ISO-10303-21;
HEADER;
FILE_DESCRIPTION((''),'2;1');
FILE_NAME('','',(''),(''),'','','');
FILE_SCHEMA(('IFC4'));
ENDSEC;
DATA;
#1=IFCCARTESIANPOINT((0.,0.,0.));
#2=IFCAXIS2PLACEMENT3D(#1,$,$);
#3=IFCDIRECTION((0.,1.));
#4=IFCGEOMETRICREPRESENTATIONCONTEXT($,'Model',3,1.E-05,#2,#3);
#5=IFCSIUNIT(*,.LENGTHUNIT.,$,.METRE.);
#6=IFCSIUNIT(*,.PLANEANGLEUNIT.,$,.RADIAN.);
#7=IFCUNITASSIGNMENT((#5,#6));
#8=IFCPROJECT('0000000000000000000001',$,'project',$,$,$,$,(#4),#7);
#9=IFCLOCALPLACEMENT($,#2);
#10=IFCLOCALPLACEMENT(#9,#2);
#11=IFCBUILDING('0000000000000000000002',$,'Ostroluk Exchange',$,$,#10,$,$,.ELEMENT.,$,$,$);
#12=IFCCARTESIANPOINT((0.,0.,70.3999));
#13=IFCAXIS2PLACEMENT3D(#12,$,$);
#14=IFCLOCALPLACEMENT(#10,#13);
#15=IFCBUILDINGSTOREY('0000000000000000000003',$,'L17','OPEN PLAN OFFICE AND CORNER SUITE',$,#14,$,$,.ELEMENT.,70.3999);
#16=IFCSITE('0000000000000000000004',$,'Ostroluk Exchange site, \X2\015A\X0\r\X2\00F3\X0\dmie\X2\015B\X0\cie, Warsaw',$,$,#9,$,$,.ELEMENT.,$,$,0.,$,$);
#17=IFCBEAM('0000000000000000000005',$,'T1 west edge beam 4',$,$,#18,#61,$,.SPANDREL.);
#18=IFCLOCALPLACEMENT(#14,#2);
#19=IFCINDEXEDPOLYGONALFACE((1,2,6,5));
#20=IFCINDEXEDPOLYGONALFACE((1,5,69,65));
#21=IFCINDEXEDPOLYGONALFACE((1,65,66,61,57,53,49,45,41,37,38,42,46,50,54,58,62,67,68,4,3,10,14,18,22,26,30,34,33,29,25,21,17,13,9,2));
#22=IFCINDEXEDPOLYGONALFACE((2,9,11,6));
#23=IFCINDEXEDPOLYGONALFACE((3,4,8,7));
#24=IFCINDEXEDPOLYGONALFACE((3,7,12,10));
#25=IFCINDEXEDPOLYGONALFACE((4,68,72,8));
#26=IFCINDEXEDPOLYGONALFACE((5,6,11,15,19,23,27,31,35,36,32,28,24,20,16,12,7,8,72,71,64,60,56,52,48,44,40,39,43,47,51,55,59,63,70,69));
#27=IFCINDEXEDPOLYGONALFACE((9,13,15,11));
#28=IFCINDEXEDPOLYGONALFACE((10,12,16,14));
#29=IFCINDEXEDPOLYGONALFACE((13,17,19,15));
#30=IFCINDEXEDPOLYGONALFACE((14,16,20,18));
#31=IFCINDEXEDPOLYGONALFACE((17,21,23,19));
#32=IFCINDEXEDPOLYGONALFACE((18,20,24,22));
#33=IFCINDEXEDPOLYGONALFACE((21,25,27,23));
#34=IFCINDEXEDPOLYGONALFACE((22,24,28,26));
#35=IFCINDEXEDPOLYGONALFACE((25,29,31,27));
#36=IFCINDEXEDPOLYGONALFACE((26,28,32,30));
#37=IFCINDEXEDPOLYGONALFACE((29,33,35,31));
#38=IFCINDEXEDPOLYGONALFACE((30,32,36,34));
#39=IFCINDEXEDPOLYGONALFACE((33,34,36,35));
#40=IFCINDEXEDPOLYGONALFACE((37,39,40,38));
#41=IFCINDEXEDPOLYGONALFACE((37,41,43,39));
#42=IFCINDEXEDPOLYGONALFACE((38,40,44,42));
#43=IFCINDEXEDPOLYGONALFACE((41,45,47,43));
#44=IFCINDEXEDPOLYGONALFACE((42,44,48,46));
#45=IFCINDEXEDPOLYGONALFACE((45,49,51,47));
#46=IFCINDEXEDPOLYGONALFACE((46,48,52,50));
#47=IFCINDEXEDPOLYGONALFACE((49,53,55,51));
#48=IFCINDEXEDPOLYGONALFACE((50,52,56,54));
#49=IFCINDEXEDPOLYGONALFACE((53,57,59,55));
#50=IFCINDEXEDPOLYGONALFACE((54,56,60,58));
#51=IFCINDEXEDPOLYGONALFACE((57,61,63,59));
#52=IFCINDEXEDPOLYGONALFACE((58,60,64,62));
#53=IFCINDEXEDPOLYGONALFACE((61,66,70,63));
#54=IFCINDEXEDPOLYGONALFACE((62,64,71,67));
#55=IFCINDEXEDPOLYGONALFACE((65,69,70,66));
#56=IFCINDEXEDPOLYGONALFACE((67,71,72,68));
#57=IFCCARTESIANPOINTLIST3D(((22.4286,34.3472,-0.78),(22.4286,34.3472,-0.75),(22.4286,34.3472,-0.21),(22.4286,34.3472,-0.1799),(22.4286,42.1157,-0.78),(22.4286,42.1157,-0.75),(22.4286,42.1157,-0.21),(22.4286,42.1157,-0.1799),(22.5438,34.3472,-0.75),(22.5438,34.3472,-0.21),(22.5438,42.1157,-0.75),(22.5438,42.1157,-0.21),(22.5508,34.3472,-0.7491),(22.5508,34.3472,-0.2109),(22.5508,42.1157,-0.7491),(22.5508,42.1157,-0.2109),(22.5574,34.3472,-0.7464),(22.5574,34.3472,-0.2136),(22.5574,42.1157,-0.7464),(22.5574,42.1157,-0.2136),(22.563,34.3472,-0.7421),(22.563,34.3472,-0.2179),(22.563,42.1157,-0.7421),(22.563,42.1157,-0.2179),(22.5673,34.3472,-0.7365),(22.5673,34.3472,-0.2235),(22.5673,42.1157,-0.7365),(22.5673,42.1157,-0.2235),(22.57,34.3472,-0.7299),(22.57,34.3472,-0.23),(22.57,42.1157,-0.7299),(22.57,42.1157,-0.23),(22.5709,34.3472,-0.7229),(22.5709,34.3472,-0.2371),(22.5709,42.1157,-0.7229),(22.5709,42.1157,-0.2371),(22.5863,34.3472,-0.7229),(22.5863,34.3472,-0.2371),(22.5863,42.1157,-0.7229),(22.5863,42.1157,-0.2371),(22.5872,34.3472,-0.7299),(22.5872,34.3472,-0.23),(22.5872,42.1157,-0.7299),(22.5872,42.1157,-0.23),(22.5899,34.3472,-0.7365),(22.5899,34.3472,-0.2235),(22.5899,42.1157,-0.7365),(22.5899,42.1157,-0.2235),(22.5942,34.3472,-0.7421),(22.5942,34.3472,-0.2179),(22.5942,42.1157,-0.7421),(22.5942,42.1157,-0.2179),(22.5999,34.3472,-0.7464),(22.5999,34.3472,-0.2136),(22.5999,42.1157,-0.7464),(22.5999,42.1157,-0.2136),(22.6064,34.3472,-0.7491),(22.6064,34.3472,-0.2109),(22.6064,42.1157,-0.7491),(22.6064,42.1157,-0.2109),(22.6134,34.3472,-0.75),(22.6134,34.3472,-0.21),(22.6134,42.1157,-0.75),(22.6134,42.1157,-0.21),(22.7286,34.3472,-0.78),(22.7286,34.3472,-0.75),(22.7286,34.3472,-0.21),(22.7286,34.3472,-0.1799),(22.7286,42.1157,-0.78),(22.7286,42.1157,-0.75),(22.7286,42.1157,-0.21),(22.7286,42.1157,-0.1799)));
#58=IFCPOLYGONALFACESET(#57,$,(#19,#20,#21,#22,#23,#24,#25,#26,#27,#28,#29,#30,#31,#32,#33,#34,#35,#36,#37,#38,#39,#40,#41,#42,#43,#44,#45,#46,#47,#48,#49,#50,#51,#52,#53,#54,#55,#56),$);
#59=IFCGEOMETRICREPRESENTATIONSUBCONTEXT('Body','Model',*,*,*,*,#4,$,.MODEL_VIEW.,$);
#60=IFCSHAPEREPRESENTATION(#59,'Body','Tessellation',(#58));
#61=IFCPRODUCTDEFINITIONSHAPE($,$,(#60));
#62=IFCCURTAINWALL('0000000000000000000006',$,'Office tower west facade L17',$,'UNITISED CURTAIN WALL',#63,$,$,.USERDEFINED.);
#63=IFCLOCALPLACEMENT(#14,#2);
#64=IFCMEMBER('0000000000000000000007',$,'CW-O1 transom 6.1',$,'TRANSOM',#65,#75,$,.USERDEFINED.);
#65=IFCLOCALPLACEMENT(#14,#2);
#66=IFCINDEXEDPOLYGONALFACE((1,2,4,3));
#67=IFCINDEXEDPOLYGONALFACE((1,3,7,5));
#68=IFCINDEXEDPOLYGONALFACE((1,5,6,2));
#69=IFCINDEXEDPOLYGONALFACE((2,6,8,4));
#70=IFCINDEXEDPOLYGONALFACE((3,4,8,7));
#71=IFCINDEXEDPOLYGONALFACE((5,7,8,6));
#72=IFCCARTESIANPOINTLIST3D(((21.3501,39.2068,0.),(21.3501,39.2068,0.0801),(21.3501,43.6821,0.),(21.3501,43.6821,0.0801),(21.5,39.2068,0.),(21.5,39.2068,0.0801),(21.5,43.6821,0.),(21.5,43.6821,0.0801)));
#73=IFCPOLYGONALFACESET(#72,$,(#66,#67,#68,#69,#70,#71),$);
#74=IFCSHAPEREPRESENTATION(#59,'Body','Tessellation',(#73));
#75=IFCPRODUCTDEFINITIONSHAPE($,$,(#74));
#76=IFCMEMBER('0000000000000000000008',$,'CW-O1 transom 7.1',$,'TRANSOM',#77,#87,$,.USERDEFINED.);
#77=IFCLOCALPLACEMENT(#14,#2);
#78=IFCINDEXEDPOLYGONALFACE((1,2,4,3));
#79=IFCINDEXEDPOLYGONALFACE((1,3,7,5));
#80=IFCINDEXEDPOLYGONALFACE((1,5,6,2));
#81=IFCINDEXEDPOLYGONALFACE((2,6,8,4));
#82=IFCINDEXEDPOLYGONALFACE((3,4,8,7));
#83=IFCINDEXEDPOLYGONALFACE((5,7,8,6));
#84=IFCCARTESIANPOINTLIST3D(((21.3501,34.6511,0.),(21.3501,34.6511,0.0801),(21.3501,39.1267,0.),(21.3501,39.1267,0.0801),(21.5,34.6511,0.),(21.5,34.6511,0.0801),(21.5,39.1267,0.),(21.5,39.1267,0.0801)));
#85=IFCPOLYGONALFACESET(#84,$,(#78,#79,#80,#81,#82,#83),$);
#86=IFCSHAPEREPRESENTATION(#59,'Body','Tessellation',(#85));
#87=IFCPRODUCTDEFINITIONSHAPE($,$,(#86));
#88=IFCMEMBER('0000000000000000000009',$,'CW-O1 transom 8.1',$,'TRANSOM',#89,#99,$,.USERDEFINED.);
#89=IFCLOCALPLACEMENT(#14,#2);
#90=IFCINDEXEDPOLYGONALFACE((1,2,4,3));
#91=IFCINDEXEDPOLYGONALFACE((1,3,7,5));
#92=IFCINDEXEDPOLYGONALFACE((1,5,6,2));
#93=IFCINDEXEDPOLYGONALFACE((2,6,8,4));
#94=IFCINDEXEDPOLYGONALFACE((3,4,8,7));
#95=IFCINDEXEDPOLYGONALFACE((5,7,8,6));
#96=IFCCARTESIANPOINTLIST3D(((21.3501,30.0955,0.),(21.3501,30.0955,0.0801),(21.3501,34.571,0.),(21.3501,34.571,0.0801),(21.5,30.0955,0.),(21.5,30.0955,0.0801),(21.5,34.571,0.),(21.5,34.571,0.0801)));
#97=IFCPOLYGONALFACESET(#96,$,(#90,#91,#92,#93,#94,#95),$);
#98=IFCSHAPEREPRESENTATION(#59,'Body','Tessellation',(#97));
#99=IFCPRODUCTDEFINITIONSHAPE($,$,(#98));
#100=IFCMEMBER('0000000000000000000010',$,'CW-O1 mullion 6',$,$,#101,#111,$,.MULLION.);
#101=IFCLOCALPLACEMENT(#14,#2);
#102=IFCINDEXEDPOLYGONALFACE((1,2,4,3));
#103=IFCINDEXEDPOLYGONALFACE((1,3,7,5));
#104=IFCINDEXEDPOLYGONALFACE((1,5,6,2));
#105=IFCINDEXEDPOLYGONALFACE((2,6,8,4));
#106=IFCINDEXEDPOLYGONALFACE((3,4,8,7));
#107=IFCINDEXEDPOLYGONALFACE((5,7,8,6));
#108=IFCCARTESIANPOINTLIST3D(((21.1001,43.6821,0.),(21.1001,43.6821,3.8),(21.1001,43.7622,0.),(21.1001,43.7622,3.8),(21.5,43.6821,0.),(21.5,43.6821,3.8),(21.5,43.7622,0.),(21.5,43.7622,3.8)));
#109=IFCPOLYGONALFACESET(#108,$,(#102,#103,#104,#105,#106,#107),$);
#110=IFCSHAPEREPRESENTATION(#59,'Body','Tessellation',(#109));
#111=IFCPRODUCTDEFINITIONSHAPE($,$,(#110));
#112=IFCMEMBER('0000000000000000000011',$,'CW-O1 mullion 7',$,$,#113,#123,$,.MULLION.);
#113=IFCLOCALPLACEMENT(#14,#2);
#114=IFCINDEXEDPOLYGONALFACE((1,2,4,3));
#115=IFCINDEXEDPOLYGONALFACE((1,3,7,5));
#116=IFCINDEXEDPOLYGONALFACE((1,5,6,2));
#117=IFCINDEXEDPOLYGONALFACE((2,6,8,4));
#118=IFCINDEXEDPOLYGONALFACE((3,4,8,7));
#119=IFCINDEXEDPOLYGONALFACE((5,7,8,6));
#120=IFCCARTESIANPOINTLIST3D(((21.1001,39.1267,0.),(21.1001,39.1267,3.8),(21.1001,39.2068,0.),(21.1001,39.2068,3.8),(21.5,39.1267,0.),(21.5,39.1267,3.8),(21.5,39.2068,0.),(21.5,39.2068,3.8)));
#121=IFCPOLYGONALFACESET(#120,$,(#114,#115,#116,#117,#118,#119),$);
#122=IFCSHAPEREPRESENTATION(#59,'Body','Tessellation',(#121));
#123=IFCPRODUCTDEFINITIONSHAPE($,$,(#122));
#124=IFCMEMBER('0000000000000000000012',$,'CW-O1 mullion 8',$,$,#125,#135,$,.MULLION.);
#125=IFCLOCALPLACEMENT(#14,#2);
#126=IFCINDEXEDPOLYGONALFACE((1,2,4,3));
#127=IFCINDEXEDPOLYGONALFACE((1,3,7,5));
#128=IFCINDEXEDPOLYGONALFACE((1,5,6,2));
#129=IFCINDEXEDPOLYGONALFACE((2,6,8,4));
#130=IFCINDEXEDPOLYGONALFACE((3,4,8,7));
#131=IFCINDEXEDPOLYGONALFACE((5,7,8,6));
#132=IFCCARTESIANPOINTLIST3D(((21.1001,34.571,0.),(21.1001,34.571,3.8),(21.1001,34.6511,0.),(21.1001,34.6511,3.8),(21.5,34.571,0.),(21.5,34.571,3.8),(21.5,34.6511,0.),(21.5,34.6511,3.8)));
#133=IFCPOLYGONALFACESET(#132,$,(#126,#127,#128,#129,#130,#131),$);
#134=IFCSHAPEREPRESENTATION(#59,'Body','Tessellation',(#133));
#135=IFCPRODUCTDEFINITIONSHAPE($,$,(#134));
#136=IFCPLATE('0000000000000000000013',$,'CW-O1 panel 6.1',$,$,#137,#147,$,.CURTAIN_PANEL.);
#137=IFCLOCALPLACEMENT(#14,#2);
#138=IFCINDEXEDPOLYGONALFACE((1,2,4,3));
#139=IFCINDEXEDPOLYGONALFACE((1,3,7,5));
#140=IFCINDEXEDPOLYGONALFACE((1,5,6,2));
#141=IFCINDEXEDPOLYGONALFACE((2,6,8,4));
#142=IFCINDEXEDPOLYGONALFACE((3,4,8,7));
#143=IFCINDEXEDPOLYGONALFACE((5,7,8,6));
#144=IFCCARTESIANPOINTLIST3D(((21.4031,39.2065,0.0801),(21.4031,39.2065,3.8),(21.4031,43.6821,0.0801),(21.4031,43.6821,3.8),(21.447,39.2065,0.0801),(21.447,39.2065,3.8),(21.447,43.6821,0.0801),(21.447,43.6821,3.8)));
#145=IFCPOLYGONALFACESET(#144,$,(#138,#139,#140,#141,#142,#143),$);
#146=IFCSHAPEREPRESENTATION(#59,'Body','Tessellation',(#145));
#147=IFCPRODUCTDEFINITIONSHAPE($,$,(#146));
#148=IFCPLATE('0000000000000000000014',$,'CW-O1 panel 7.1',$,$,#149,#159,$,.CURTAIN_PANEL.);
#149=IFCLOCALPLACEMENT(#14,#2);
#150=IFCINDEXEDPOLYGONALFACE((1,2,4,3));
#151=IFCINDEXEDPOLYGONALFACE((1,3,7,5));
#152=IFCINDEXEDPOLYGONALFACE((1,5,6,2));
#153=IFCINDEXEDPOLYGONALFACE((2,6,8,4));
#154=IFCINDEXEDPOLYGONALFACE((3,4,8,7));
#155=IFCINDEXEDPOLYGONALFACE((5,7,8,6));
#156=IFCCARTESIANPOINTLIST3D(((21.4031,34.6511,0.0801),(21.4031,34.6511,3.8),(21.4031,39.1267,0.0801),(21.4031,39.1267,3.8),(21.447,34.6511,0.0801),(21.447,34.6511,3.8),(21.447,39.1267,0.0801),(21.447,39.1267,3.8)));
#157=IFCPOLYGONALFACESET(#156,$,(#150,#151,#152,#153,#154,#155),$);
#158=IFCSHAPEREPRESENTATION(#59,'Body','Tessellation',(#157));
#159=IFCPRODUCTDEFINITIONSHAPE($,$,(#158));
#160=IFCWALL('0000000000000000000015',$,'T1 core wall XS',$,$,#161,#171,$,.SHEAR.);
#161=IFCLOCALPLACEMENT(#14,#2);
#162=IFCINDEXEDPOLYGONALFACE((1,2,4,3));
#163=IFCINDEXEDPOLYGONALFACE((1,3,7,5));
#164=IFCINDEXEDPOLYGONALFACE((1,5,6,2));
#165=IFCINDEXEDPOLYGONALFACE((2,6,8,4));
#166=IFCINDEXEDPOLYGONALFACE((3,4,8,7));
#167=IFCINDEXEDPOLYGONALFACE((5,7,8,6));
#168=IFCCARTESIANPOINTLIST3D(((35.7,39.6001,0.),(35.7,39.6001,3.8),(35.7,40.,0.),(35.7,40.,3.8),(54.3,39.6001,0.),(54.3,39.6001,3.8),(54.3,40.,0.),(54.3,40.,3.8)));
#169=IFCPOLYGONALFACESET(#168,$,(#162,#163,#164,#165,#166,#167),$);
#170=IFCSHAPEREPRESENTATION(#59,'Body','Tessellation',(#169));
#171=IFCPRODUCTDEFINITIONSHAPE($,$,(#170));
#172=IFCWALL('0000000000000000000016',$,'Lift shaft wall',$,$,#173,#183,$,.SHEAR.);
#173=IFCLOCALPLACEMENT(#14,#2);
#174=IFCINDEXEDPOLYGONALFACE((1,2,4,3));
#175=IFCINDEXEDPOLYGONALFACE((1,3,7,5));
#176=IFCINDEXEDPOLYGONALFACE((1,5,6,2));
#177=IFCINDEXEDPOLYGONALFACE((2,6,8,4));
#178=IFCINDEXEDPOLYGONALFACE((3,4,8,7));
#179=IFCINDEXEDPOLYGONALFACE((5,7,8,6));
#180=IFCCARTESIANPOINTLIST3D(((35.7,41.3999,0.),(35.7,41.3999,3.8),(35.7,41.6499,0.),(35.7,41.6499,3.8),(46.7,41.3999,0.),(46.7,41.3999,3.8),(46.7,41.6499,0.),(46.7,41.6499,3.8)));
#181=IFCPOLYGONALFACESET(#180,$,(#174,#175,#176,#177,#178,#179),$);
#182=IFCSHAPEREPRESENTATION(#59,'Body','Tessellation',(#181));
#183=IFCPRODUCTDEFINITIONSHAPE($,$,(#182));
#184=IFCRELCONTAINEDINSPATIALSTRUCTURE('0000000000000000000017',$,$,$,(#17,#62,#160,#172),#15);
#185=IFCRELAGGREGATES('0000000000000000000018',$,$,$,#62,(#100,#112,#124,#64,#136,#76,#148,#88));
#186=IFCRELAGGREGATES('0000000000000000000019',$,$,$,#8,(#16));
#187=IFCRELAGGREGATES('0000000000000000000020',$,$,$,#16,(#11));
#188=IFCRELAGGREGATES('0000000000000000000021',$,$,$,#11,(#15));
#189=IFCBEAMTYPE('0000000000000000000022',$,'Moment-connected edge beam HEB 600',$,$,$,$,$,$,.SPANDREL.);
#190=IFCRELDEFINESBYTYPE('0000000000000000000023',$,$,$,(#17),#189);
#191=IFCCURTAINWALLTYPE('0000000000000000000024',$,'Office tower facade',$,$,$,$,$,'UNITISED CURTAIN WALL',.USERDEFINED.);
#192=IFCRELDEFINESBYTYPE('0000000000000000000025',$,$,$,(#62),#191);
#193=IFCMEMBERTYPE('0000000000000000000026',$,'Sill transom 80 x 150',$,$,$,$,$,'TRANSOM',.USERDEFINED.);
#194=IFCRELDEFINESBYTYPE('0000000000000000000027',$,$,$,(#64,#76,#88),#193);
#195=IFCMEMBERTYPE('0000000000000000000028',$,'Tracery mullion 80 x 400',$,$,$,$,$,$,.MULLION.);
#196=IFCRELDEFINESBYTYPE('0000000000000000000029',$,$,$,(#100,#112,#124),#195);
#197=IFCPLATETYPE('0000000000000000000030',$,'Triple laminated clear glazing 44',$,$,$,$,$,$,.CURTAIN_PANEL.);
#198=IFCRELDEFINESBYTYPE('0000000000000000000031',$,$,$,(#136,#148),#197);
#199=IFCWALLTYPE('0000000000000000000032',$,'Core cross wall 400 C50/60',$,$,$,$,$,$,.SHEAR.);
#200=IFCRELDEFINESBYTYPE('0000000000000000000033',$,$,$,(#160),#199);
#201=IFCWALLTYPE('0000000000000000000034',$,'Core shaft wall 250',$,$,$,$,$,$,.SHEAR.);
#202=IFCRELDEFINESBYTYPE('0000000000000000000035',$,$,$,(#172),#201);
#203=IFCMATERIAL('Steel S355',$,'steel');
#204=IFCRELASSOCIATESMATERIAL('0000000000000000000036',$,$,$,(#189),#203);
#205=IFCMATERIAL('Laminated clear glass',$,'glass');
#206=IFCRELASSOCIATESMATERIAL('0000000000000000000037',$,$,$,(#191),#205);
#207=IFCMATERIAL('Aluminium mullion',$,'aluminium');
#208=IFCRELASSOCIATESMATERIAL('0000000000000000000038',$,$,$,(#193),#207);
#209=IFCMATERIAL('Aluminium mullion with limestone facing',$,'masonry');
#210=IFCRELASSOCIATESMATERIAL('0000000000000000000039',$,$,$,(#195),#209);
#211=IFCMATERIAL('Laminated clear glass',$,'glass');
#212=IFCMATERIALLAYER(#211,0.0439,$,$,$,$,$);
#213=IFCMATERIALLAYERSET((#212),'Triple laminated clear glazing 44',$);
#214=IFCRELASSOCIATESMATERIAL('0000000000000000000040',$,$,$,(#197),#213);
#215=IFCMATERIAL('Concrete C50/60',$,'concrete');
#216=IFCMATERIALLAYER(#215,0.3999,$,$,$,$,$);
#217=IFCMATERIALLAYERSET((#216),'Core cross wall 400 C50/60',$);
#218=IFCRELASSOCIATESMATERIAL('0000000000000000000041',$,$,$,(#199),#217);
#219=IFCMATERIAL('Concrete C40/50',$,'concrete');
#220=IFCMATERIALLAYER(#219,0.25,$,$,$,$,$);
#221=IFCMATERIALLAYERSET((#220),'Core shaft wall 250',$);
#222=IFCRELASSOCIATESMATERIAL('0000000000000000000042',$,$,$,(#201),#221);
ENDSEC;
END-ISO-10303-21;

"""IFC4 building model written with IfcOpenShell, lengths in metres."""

from ifc_helpers import new_model, si_unit, direction, frame, frame_2d, origin, origin_2d, place, context, subcontext, project, spatial, rectangle, i_section, extrude, material, layer, layer_set, material_profile, profile_set, type_object, element, aggregate, save


model = new_model("IFC4")

# Units and contexts
model_context = context("Model", 3, precision=1e-05, world=origin(), true_north=direction((0.0, 1.0)))
body_context = subcontext(model_context, "Body", "Model", "MODEL_VIEW")
ifc_project = project(units=[si_unit("LENGTHUNIT", "METRE"), si_unit("PLANEANGLEUNIT", "RADIAN")], contexts=[model_context])

# Site, building, storey
site_placement = place(None, origin())
site = spatial("IfcSite", under=ifc_project, at=site_placement, Name="Ostroluk Exchange site, Śródmieście, Warsaw", CompositionType="ELEMENT", RefElevation=0.0)
building_placement = place(site_placement, origin())
building = spatial("IfcBuilding", under=site, at=building_placement, Name="Ostroluk Exchange", CompositionType="ELEMENT")
storey_placement = place(building_placement, frame((0.0, 0.0, 70.3999)))
storey = spatial("IfcBuildingStorey", under=building, at=storey_placement, Name="L17", Description="OPEN PLAN OFFICE AND CORNER SUITE", CompositionType="ELEMENT", Elevation=70.3999)

# Beam
ifc_material_1 = material(Name="Steel S355", Category="steel")
ifc_material_profile_1 = material_profile(ifc_material_1, i_section(OverallWidth=0.3, OverallDepth=0.6001, WebThickness=0.0154, FlangeThickness=0.03, FilletRadius=0.0271, at=origin_2d()), Name="HEB 600")
ifc_profile_set_1 = profile_set([ifc_material_profile_1], Name="Steel S355")
beam_type_1 = type_object("IfcBeamType", Name="Moment-connected edge beam HEB 600", PredefinedType="SPANDREL", material=ifc_profile_set_1)
beam_1_placement = place(storey_placement, frame((22.5786, 42.1157, -0.48), z_axis=(0.0, -1.0, 0.0), x_axis=(1.0, 0.0, 0.0)))
element("IfcBeam", 1, at=beam_1_placement, inside=storey, type_object=beam_type_1, Name="T1 west edge beam 4", PredefinedType="SPANDREL", context=body_context, shape_type="SweptSolid", body=[
    extrude(i_section(OverallWidth=0.3, OverallDepth=0.6001, WebThickness=0.0154, FlangeThickness=0.03, FilletRadius=0.0271, at=origin_2d()), origin(), (0.0, 0.0, 1.0), 7.7686),
])

# Curtain wall, members, plates
ifc_material_2 = material(Name="Laminated clear glass", Category="glass")
curtain_wall_type = type_object("IfcCurtainWallType", Name="Office tower facade", ElementType="UNITISED CURTAIN WALL", PredefinedType="USERDEFINED", material=ifc_material_2)
curtain_wall_placement = place(storey_placement, origin())
curtain_wall = element("IfcCurtainWall", 2, at=curtain_wall_placement, inside=storey, type_object=curtain_wall_type, Name="Office tower west facade L17", ObjectType="UNITISED CURTAIN WALL", PredefinedType="USERDEFINED")
ifc_material_3 = material(Name="Aluminium mullion", Category="aluminium")
ifc_material_profile_2 = material_profile(ifc_material_3, rectangle(XDim=0.1499, YDim=0.0801, at=origin_2d()), Name="Sill transom 80 x 150")
ifc_profile_set_2 = profile_set([ifc_material_profile_2], Name="Aluminium mullion")
member_type_1 = type_object("IfcMemberType", Name="Sill transom 80 x 150", ElementType="TRANSOM", PredefinedType="USERDEFINED", material=ifc_profile_set_2)
member_1_placement = place(storey_placement, frame((21.425, 43.6821, 0.04), z_axis=(0.0, -1.0, 0.0), x_axis=(1.0, 0.0, 0.0)))
member_1 = element("IfcMember", 3, at=member_1_placement, type_object=member_type_1, Name="CW-O1 transom 6.1", ObjectType="TRANSOM", PredefinedType="USERDEFINED", context=body_context, shape_type="SweptSolid", body=[
    extrude(rectangle(XDim=0.1499, YDim=0.0801, at=origin_2d()), origin(), (0.0, 0.0, 1.0), 4.4753),
])
member_2_placement = place(storey_placement, frame((21.425, 39.1267, 0.04), z_axis=(0.0, -1.0, 0.0), x_axis=(1.0, 0.0, 0.0)))
member_2 = element("IfcMember", 4, at=member_2_placement, type_object=member_type_1, Name="CW-O1 transom 7.1", ObjectType="TRANSOM", PredefinedType="USERDEFINED", context=body_context, shape_type="SweptSolid", body=[
    extrude(rectangle(XDim=0.1499, YDim=0.0801, at=origin_2d()), origin(), (0.0, 0.0, 1.0), 4.4756),
])
member_3_placement = place(storey_placement, frame((21.425, 34.571, 0.04), z_axis=(0.0, -1.0, 0.0), x_axis=(1.0, 0.0, 0.0)))
member_3 = element("IfcMember", 5, at=member_3_placement, type_object=member_type_1, Name="CW-O1 transom 8.1", ObjectType="TRANSOM", PredefinedType="USERDEFINED", context=body_context, shape_type="SweptSolid", body=[
    extrude(rectangle(XDim=0.1499, YDim=0.0801, at=origin_2d()), origin(), (0.0, 0.0, 1.0), 4.4756),
])
ifc_material_4 = material(Name="Aluminium mullion with limestone facing", Category="masonry")
ifc_material_profile_3 = material_profile(ifc_material_4, rectangle(XDim=0.3999, YDim=0.0801, at=origin_2d()), Name="Tracery mullion 80 x 400")
ifc_profile_set_3 = profile_set([ifc_material_profile_3], Name="Aluminium mullion with limestone facing")
member_type_2 = type_object("IfcMemberType", Name="Tracery mullion 80 x 400", PredefinedType="MULLION", material=ifc_profile_set_3)
member_4_placement = place(storey_placement, frame((21.3, 43.7222, 0.0), z_axis=(0.0, 0.0, 1.0), x_axis=(1.0, 0.0, 0.0)))
member_4 = element("IfcMember", 6, at=member_4_placement, type_object=member_type_2, Name="CW-O1 mullion 6", PredefinedType="MULLION", context=body_context, shape_type="SweptSolid", body=[
    extrude(rectangle(XDim=0.3999, YDim=0.0801, at=origin_2d()), origin(), (0.0, 0.0, 1.0), 3.8),
])
member_5_placement = place(storey_placement, frame((21.3, 39.1667, 0.0), z_axis=(0.0, 0.0, 1.0), x_axis=(1.0, 0.0, 0.0)))
member_5 = element("IfcMember", 7, at=member_5_placement, type_object=member_type_2, Name="CW-O1 mullion 7", PredefinedType="MULLION", context=body_context, shape_type="SweptSolid", body=[
    extrude(rectangle(XDim=0.3999, YDim=0.0801, at=origin_2d()), origin(), (0.0, 0.0, 1.0), 3.8),
])
member_6_placement = place(storey_placement, frame((21.3, 34.6111, 0.0), z_axis=(0.0, 0.0, 1.0), x_axis=(1.0, 0.0, 0.0)))
member_6 = element("IfcMember", 8, at=member_6_placement, type_object=member_type_2, Name="CW-O1 mullion 8", PredefinedType="MULLION", context=body_context, shape_type="SweptSolid", body=[
    extrude(rectangle(XDim=0.3999, YDim=0.0801, at=origin_2d()), origin(), (0.0, 0.0, 1.0), 3.8),
])
ifc_material_5 = material(Name="Laminated clear glass", Category="glass")
ifc_layer_1 = layer(ifc_material_5, 0.0439)
ifc_layer_set_1 = layer_set([ifc_layer_1], Name="Triple laminated clear glazing 44")
plate_type = type_object("IfcPlateType", Name="Triple laminated clear glazing 44", PredefinedType="CURTAIN_PANEL", material=ifc_layer_set_1)
plate_1_placement = place(storey_placement, frame((21.425, 41.4443, 0.0801), z_axis=(0.0, 0.0, 1.0), x_axis=(0.0, -1.0, 0.0)))
plate_1 = element("IfcPlate", 9, at=plate_1_placement, type_object=plate_type, Name="CW-O1 panel 6.1", PredefinedType="CURTAIN_PANEL", context=body_context, shape_type="SweptSolid", body=[
    extrude(rectangle(XDim=4.4756, YDim=0.0439, at=origin_2d()), origin(), (0.0, 0.0, 1.0), 3.72),
])
plate_2_placement = place(storey_placement, frame((21.425, 36.8889, 0.0801), z_axis=(0.0, 0.0, 1.0), x_axis=(0.0, -1.0, 0.0)))
plate_2 = element("IfcPlate", 10, at=plate_2_placement, type_object=plate_type, Name="CW-O1 panel 7.1", PredefinedType="CURTAIN_PANEL", context=body_context, shape_type="SweptSolid", body=[
    extrude(rectangle(XDim=4.4756, YDim=0.0439, at=origin_2d()), origin(), (0.0, 0.0, 1.0), 3.72),
])
aggregate(curtain_wall, [member_4, member_5, member_6, member_1, plate_1, member_2, plate_2, member_3])

# Walls
ifc_material_6 = material(Name="Concrete C50/60", Category="concrete")
ifc_layer_2 = layer(ifc_material_6, 0.3999)
ifc_layer_set_2 = layer_set([ifc_layer_2], Name="Core cross wall 400 C50/60")
wall_type_1 = type_object("IfcWallType", Name="Core cross wall 400 C50/60", PredefinedType="SHEAR", material=ifc_layer_set_2)
wall_1_placement = place(storey_placement, frame((35.7, 39.8, 0.0), z_axis=(0.0, 0.0, 1.0), x_axis=(1.0, 0.0, 0.0)))
element("IfcWall", 11, at=wall_1_placement, inside=storey, type_object=wall_type_1, Name="T1 core wall XS", PredefinedType="SHEAR", context=body_context, shape_type="SweptSolid", body=[
    extrude(rectangle(XDim=18.6001, YDim=0.3999, at=frame_2d((9.3, 0.0))), origin(), (0.0, 0.0, 1.0), 3.8),
])
ifc_material_7 = material(Name="Concrete C40/50", Category="concrete")
ifc_layer_3 = layer(ifc_material_7, 0.25)
ifc_layer_set_3 = layer_set([ifc_layer_3], Name="Core shaft wall 250")
wall_type_2 = type_object("IfcWallType", Name="Core shaft wall 250", PredefinedType="SHEAR", material=ifc_layer_set_3)
wall_2_placement = place(storey_placement, frame((35.7, 41.5249, 0.0), z_axis=(0.0, 0.0, 1.0), x_axis=(1.0, 0.0, 0.0)))
element("IfcWall", 12, at=wall_2_placement, inside=storey, type_object=wall_type_2, Name="Lift shaft wall", PredefinedType="SHEAR", context=body_context, shape_type="SweptSolid", body=[
    extrude(rectangle(XDim=11.0, YDim=0.25, at=frame_2d((5.5, 0.0))), origin(), (0.0, 0.0, 1.0), 3.8),
])

save(model, "model.ifc")
